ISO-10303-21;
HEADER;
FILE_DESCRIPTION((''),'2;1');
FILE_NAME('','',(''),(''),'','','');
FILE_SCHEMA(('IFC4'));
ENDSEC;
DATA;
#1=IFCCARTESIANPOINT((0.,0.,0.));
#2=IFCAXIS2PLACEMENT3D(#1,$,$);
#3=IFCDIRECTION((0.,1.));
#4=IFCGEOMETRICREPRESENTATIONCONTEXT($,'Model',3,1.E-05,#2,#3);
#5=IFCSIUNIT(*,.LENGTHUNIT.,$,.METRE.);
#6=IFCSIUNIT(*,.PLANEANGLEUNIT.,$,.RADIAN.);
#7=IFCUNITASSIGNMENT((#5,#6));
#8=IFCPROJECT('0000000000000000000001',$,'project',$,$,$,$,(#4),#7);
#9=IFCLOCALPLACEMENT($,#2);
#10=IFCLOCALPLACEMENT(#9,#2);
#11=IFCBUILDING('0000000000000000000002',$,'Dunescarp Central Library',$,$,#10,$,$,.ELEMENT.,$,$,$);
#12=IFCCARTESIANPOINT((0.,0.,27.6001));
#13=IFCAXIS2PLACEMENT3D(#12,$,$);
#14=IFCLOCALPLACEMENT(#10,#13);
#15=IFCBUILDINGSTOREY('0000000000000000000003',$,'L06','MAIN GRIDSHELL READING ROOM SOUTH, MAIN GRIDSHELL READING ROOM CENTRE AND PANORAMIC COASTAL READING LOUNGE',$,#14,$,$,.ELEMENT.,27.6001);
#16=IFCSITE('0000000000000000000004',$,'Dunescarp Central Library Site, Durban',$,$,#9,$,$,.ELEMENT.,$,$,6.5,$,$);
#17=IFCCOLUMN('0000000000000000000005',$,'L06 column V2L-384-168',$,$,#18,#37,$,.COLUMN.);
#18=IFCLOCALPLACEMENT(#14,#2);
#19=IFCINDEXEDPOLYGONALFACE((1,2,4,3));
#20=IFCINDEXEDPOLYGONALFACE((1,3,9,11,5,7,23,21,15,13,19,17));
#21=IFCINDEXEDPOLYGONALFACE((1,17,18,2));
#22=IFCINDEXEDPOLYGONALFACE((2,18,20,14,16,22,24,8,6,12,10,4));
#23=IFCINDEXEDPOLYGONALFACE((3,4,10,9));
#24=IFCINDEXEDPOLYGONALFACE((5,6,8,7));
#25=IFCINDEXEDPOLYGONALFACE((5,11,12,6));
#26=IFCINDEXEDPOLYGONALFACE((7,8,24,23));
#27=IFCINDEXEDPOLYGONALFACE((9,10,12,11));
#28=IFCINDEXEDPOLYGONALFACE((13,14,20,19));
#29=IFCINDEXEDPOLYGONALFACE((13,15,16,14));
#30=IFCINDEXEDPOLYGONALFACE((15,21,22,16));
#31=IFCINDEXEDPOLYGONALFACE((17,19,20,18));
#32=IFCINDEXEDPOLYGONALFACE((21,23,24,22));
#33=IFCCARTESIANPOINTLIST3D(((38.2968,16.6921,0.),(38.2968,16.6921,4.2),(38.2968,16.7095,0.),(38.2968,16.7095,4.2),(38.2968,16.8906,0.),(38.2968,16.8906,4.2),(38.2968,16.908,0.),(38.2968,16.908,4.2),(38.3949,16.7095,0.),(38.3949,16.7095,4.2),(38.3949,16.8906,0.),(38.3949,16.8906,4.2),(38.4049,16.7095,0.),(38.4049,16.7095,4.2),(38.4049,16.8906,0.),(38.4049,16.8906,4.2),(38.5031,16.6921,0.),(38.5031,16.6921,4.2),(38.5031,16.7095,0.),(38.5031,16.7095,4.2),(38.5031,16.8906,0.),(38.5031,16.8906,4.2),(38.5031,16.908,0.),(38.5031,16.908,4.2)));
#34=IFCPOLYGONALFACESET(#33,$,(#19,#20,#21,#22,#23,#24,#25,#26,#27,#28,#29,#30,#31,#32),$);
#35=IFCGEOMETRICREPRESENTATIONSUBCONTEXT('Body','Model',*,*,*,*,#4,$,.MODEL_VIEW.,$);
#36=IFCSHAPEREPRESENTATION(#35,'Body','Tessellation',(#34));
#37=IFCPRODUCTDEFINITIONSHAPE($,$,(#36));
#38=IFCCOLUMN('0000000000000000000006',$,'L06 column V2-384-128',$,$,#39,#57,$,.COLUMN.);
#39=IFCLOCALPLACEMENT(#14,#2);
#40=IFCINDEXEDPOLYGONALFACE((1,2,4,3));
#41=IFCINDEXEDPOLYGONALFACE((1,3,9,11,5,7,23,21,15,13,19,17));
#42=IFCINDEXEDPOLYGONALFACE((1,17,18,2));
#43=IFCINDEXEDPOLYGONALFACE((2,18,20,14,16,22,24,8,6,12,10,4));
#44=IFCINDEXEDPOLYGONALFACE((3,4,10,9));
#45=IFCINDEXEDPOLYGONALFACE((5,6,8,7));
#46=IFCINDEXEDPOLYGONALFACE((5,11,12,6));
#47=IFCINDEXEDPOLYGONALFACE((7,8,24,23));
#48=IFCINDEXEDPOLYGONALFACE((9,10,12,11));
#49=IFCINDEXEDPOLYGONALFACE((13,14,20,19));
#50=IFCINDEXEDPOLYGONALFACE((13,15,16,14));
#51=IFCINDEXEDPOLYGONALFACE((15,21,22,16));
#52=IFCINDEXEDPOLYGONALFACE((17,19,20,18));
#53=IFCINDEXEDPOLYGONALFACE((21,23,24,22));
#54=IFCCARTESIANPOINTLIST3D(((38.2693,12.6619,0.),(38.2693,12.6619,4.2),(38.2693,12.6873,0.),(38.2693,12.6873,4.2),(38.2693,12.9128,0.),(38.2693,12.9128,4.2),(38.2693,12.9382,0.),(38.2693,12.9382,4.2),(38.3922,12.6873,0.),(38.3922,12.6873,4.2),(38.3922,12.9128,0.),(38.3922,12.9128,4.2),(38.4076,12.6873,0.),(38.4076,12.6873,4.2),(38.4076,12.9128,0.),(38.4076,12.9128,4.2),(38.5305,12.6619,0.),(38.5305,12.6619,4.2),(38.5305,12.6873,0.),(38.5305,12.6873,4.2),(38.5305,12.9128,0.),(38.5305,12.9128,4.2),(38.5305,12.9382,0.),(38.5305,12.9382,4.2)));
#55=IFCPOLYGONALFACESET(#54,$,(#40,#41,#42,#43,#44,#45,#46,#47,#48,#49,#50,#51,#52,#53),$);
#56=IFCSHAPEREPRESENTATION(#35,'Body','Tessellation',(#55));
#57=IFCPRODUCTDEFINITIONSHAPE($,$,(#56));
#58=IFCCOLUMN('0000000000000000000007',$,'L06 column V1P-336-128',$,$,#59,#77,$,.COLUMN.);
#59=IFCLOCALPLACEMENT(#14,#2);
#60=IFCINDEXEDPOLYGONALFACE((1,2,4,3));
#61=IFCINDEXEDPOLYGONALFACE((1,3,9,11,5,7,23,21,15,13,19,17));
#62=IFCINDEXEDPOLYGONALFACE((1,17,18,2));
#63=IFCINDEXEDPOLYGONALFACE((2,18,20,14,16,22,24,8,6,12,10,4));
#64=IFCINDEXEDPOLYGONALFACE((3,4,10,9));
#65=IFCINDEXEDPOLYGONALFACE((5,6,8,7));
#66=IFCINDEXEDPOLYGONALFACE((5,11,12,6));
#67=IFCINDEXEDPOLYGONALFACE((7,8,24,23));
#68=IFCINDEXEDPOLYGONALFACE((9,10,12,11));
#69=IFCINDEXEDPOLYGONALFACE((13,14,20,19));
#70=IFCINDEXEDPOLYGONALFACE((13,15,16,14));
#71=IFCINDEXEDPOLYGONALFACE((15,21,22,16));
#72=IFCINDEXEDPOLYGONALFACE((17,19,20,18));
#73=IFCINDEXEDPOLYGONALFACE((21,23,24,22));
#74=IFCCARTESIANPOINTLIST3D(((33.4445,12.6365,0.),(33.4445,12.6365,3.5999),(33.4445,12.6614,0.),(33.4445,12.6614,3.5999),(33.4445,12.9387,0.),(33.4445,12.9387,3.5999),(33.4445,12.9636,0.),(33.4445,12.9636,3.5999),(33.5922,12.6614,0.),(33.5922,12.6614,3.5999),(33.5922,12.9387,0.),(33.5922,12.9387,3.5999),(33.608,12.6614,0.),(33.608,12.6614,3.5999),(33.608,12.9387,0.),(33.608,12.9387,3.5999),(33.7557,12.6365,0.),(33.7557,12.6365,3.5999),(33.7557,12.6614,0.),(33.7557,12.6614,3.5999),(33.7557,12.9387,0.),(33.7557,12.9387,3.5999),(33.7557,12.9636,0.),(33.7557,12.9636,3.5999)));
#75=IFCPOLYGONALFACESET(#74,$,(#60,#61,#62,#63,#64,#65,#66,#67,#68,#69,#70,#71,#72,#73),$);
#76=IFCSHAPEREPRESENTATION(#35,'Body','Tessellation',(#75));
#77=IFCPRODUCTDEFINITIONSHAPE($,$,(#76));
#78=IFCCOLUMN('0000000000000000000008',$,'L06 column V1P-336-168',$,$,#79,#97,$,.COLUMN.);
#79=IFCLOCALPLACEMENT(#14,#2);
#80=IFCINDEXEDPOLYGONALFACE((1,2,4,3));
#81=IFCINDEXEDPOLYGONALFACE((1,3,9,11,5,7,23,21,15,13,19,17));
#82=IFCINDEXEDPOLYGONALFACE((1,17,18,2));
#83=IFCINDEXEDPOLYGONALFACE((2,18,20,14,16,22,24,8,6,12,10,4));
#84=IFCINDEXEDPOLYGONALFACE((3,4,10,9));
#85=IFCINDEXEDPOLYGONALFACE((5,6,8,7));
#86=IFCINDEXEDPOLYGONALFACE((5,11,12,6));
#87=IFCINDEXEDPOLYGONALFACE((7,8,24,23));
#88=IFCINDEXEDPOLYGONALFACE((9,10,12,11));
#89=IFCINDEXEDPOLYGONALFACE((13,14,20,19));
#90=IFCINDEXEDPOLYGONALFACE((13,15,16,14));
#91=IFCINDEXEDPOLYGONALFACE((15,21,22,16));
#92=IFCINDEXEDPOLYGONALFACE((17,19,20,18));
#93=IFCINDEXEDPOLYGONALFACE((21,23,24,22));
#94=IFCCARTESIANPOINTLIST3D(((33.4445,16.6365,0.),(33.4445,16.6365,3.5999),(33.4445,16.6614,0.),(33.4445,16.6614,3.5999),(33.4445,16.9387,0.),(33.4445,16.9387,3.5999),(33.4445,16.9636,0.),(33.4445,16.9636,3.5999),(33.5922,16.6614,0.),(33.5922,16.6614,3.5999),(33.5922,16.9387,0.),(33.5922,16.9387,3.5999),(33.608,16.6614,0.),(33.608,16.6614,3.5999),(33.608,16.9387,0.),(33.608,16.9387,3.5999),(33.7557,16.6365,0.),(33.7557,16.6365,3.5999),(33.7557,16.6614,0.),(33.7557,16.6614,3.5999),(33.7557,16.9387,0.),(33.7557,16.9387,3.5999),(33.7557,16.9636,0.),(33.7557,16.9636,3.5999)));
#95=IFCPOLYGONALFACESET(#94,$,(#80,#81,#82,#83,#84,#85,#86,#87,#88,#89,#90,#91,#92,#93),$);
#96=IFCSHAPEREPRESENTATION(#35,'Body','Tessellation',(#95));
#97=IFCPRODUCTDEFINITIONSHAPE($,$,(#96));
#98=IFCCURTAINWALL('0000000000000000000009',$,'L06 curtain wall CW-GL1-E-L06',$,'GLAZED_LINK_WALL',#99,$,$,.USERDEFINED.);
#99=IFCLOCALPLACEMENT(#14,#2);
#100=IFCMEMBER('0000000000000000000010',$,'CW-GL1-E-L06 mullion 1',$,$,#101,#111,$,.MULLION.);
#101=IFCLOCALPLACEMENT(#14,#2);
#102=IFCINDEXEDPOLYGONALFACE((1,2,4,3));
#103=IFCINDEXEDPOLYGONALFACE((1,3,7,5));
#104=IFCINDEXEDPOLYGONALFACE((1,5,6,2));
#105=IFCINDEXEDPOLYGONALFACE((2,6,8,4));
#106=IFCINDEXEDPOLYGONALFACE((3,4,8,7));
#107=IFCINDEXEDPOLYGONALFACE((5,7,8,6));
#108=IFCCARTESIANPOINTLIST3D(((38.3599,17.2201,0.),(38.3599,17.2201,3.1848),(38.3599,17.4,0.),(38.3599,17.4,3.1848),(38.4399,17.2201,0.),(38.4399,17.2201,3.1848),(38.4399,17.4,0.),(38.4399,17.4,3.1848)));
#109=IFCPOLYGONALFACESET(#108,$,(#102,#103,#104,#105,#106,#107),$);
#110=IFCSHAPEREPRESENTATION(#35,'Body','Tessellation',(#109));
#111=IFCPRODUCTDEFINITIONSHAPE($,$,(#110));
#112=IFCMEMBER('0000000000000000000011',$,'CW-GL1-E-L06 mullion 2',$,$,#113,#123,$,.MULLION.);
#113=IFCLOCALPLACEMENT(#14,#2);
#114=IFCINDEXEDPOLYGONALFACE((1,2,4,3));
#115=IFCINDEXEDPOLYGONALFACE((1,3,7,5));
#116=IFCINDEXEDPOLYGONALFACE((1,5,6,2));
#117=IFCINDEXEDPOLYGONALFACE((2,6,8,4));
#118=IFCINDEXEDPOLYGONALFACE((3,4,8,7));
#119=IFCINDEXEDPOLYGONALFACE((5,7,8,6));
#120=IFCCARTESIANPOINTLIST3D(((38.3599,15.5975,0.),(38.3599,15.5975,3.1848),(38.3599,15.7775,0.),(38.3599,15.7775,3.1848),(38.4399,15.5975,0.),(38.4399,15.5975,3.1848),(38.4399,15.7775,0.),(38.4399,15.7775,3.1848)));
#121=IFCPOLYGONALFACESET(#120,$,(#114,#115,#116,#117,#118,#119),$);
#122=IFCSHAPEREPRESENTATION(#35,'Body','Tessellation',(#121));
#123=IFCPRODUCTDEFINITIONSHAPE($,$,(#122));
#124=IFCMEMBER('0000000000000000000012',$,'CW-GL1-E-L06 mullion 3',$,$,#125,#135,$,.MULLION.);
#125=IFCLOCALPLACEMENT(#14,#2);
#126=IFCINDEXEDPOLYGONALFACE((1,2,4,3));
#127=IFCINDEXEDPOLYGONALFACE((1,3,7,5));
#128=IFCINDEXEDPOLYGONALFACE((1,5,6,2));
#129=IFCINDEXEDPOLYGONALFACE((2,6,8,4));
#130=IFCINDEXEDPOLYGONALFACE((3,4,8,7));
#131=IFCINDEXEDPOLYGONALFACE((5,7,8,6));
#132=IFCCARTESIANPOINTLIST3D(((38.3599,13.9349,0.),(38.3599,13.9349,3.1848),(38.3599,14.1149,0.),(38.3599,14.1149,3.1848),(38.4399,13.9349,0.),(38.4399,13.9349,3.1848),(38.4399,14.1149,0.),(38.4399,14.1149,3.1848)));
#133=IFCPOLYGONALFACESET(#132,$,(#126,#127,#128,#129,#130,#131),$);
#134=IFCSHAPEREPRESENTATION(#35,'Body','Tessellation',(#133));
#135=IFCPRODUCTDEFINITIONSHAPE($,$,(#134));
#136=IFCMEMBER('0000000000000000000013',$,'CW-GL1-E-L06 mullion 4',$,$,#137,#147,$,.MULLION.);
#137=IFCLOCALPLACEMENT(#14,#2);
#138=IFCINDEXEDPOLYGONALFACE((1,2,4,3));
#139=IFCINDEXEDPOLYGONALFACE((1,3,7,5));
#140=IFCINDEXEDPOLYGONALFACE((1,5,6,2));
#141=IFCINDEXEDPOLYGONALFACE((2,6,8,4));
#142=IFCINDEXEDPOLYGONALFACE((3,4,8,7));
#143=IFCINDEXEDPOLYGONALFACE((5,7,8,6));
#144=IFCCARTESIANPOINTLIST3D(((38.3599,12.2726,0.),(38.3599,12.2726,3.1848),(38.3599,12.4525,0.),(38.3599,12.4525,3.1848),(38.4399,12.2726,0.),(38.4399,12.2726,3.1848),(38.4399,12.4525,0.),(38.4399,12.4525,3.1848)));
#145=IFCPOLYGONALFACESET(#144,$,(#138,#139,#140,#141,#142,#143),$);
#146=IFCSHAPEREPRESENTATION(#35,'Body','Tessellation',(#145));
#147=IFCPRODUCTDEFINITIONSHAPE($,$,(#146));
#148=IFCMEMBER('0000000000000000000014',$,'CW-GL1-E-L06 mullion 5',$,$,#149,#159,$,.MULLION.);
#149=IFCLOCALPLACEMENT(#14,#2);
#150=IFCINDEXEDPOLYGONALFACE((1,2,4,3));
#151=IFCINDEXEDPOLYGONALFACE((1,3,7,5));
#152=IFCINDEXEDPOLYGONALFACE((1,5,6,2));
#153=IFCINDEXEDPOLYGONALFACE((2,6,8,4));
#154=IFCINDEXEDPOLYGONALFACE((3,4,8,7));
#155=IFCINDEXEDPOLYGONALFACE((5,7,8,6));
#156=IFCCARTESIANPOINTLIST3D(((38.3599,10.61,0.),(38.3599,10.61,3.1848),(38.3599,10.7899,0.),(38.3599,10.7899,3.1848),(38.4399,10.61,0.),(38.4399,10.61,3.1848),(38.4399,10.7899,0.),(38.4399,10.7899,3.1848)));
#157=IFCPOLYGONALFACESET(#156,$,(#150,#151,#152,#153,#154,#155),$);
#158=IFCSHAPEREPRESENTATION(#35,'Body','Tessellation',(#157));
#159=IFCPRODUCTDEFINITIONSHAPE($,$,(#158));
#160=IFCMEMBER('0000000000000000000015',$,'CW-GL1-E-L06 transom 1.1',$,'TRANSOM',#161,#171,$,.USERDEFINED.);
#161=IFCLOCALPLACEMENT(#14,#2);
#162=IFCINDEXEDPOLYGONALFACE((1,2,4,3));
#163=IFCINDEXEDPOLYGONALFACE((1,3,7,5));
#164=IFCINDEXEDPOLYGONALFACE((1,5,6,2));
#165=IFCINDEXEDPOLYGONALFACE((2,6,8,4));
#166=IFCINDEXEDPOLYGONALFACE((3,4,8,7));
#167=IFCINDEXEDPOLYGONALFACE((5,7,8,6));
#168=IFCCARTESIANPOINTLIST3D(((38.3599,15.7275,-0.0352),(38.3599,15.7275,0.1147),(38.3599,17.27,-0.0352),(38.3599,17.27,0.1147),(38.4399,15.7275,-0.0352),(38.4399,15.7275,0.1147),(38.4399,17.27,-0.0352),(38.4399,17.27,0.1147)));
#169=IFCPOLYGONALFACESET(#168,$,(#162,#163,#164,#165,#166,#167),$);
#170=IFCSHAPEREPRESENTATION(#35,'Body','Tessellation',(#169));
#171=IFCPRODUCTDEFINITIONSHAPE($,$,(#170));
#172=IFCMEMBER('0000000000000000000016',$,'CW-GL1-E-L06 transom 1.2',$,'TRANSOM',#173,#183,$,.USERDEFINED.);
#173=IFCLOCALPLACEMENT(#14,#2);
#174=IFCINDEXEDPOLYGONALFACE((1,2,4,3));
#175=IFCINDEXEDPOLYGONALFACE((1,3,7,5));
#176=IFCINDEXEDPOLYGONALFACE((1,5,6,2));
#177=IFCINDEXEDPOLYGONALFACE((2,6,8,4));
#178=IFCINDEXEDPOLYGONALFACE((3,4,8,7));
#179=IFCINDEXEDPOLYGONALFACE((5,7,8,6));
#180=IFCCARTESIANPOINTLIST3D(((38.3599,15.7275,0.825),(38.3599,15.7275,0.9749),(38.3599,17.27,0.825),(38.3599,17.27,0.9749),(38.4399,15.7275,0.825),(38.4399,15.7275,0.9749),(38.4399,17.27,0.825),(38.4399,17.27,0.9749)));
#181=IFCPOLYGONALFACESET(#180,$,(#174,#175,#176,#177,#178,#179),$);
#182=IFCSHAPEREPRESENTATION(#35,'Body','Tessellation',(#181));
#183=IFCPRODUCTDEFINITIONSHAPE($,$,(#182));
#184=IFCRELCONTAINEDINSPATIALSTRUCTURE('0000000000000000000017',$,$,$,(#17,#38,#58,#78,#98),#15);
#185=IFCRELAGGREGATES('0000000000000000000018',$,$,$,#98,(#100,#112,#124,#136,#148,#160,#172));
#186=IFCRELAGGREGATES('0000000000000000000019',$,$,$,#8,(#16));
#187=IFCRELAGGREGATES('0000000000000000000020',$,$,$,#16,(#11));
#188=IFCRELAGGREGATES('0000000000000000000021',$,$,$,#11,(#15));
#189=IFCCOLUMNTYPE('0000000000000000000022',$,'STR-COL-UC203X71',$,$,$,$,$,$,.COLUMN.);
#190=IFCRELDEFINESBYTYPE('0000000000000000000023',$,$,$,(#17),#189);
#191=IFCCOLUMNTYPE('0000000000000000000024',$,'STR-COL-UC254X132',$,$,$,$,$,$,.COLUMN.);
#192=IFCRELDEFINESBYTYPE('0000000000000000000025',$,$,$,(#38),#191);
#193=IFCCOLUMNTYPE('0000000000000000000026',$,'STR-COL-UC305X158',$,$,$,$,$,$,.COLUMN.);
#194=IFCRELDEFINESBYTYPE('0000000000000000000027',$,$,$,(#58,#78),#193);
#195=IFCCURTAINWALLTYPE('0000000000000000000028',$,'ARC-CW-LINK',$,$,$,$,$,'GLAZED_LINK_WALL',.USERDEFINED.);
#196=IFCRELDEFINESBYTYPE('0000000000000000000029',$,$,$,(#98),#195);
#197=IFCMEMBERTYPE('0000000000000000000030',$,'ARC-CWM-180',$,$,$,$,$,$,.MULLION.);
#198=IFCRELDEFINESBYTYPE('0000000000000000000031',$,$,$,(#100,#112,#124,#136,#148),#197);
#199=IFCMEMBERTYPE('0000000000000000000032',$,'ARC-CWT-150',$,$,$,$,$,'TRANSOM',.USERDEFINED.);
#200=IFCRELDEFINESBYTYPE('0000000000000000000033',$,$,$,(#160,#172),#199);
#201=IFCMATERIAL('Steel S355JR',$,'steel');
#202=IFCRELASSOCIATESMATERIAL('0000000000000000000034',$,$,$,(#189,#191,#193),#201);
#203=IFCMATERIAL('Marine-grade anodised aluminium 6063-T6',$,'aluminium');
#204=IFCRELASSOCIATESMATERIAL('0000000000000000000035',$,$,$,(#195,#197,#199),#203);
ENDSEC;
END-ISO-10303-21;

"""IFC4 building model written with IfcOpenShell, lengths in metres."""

from ifc_helpers import new_model, si_unit, direction, frame, origin, origin_2d, place, context, subcontext, project, spatial, rectangle, i_section, extrude, material, material_profile, profile_set, type_object, element, aggregate, save


model = new_model("IFC4")

# Units and contexts
model_context = context("Model", 3, precision=1e-05, world=origin(), true_north=direction((0.0, 1.0)))
body_context = subcontext(model_context, "Body", "Model", "MODEL_VIEW")
ifc_project = project(units=[si_unit("LENGTHUNIT", "METRE"), si_unit("PLANEANGLEUNIT", "RADIAN")], contexts=[model_context])

# Site, building, storey
site_placement = place(None, origin())
site = spatial("IfcSite", under=ifc_project, at=site_placement, Name="Dunescarp Central Library Site, Durban", CompositionType="ELEMENT", RefElevation=6.5)
building_placement = place(site_placement, origin())
building = spatial("IfcBuilding", under=site, at=building_placement, Name="Dunescarp Central Library", CompositionType="ELEMENT")
storey_placement = place(building_placement, frame((0.0, 0.0, 27.6001)))
storey = spatial("IfcBuildingStorey", under=building, at=storey_placement, Name="L06", Description="MAIN GRIDSHELL READING ROOM SOUTH, MAIN GRIDSHELL READING ROOM CENTRE AND PANORAMIC COASTAL READING LOUNGE", CompositionType="ELEMENT", Elevation=27.6001)

# Columns
ifc_material_1 = material(Name="Steel S355JR", Category="steel")
ifc_material_profile_1 = material_profile(ifc_material_1, i_section(OverallWidth=0.2063, OverallDepth=0.2158, WebThickness=0.01, FlangeThickness=0.0173, at=origin_2d()), Name="UC 203x203x71")
ifc_profile_set_1 = profile_set([ifc_material_profile_1], Name="Steel S355JR")
column_type_1 = type_object("IfcColumnType", Name="STR-COL-UC203X71", PredefinedType="COLUMN", material=ifc_profile_set_1)
column_1_placement = place(storey_placement, frame((38.3999, 16.8, 0.0), z_axis=(0.0, 0.0, 1.0), x_axis=(1.0, 0.0, 0.0)))
element("IfcColumn", 1, at=column_1_placement, inside=storey, type_object=column_type_1, Name="L06 column V2L-384-168", PredefinedType="COLUMN", context=body_context, shape_type="SweptSolid", body=[
    extrude(i_section(OverallWidth=0.2063, OverallDepth=0.2158, WebThickness=0.01, FlangeThickness=0.0173, at=origin_2d()), origin(), (0.0, 0.0, 1.0), 4.2),
])
ifc_material_profile_2 = material_profile(ifc_material_1, i_section(OverallWidth=0.2612, OverallDepth=0.2764, WebThickness=0.0154, FlangeThickness=0.0254, at=origin_2d()), Name="UC 254x254x132")
ifc_profile_set_2 = profile_set([ifc_material_profile_2], Name="Steel S355JR")
column_type_2 = type_object("IfcColumnType", Name="STR-COL-UC254X132", PredefinedType="COLUMN", material=ifc_profile_set_2)
column_2_placement = place(storey_placement, frame((38.3999, 12.8, 0.0), z_axis=(0.0, 0.0, 1.0), x_axis=(1.0, 0.0, 0.0)))
element("IfcColumn", 2, at=column_2_placement, inside=storey, type_object=column_type_2, Name="L06 column V2-384-128", PredefinedType="COLUMN", context=body_context, shape_type="SweptSolid", body=[
    extrude(i_section(OverallWidth=0.2612, OverallDepth=0.2764, WebThickness=0.0154, FlangeThickness=0.0254, at=origin_2d()), origin(), (0.0, 0.0, 1.0), 4.2),
])
ifc_material_profile_3 = material_profile(ifc_material_1, i_section(OverallWidth=0.3113, OverallDepth=0.3271, WebThickness=0.0159, FlangeThickness=0.0249, at=origin_2d()), Name="UC 305x305x158")
ifc_profile_set_3 = profile_set([ifc_material_profile_3], Name="Steel S355JR")
column_type_3 = type_object("IfcColumnType", Name="STR-COL-UC305X158", PredefinedType="COLUMN", material=ifc_profile_set_3)
for number, where, z_axis, x_axis, name in (
    (3, (33.6001, 12.8, 0.0), (0.0, 0.0, 1.0), (1.0, 0.0, 0.0), "L06 column V1P-336-128"),
    (4, (33.6001, 16.8, 0.0), (0.0, 0.0, 1.0), (1.0, 0.0, 0.0), "L06 column V1P-336-168"),
):
    element("IfcColumn", number, at=place(storey_placement, frame(where, z_axis=z_axis, x_axis=x_axis)), inside=storey, type_object=column_type_3, Name=name, PredefinedType="COLUMN", context=body_context, shape_type="SweptSolid", body=[
        extrude(i_section(OverallWidth=0.3113, OverallDepth=0.3271, WebThickness=0.0159, FlangeThickness=0.0249, at=origin_2d()), origin(), (0.0, 0.0, 1.0), 3.5999),
    ])

# Curtain wall, members
ifc_material_2 = material(Name="Marine-grade anodised aluminium 6063-T6", Category="aluminium")
curtain_wall_type = type_object("IfcCurtainWallType", Name="ARC-CW-LINK", ElementType="GLAZED_LINK_WALL", PredefinedType="USERDEFINED", material=ifc_material_2)
curtain_wall_placement = place(storey_placement, origin())
curtain_wall = element("IfcCurtainWall", 5, at=curtain_wall_placement, inside=storey, type_object=curtain_wall_type, Name="L06 curtain wall CW-GL1-E-L06", ObjectType="GLAZED_LINK_WALL", PredefinedType="USERDEFINED")
ifc_material_profile_4 = material_profile(ifc_material_2, rectangle(XDim=0.0801, YDim=0.1799, at=origin_2d()), Name="AL 80x180")
ifc_profile_set_4 = profile_set([ifc_material_profile_4], Name="Marine-grade anodised aluminium 6063-T6")
member_type_1 = type_object("IfcMemberType", Name="ARC-CWM-180", PredefinedType="MULLION", material=ifc_profile_set_4)
member_1_placement = place(storey_placement, frame((38.3999, 17.3101, 0.0), z_axis=(0.0, 0.0, 1.0), x_axis=(1.0, 0.0, 0.0)))
member_1 = element("IfcMember", 6, at=member_1_placement, type_object=member_type_1, Name="CW-GL1-E-L06 mullion 1", PredefinedType="MULLION", context=body_context, shape_type="SweptSolid", body=[
    extrude(rectangle(XDim=0.0801, YDim=0.1799, at=origin_2d()), origin(), (0.0, 0.0, 1.0), 3.1848),
])
member_2_placement = place(storey_placement, frame((38.3999, 15.6875, 0.0), z_axis=(0.0, 0.0, 1.0), x_axis=(1.0, 0.0, 0.0)))
member_2 = element("IfcMember", 7, at=member_2_placement, type_object=member_type_1, Name="CW-GL1-E-L06 mullion 2", PredefinedType="MULLION", context=body_context, shape_type="SweptSolid", body=[
    extrude(rectangle(XDim=0.0801, YDim=0.1799, at=origin_2d()), origin(), (0.0, 0.0, 1.0), 3.1848),
])
member_3_placement = place(storey_placement, frame((38.3999, 14.0249, 0.0), z_axis=(0.0, 0.0, 1.0), x_axis=(1.0, 0.0, 0.0)))
member_3 = element("IfcMember", 8, at=member_3_placement, type_object=member_type_1, Name="CW-GL1-E-L06 mullion 3", PredefinedType="MULLION", context=body_context, shape_type="SweptSolid", body=[
    extrude(rectangle(XDim=0.0801, YDim=0.1799, at=origin_2d()), origin(), (0.0, 0.0, 1.0), 3.1848),
])
member_4_placement = place(storey_placement, frame((38.3999, 12.3625, 0.0), z_axis=(0.0, 0.0, 1.0), x_axis=(1.0, 0.0, 0.0)))
member_4 = element("IfcMember", 9, at=member_4_placement, type_object=member_type_1, Name="CW-GL1-E-L06 mullion 4", PredefinedType="MULLION", context=body_context, shape_type="SweptSolid", body=[
    extrude(rectangle(XDim=0.0801, YDim=0.1799, at=origin_2d()), origin(), (0.0, 0.0, 1.0), 3.1848),
])
member_5_placement = place(storey_placement, frame((38.3999, 10.7, 0.0), z_axis=(0.0, 0.0, 1.0), x_axis=(1.0, 0.0, 0.0)))
member_5 = element("IfcMember", 10, at=member_5_placement, type_object=member_type_1, Name="CW-GL1-E-L06 mullion 5", PredefinedType="MULLION", context=body_context, shape_type="SweptSolid", body=[
    extrude(rectangle(XDim=0.0801, YDim=0.1799, at=origin_2d()), origin(), (0.0, 0.0, 1.0), 3.1848),
])
ifc_material_profile_5 = material_profile(ifc_material_2, rectangle(XDim=0.0801, YDim=0.1499, at=origin_2d()), Name="AL 80x150")
ifc_profile_set_5 = profile_set([ifc_material_profile_5], Name="Marine-grade anodised aluminium 6063-T6")
member_type_2 = type_object("IfcMemberType", Name="ARC-CWT-150", ElementType="TRANSOM", PredefinedType="USERDEFINED", material=ifc_profile_set_5)
member_6_placement = place(storey_placement, frame((38.3999, 17.27, 0.0398), z_axis=(0.0, -1.0, 0.0), x_axis=(1.0, 0.0, 0.0)))
member_6 = element("IfcMember", 11, at=member_6_placement, type_object=member_type_2, Name="CW-GL1-E-L06 transom 1.1", ObjectType="TRANSOM", PredefinedType="USERDEFINED", context=body_context, shape_type="SweptSolid", body=[
    extrude(rectangle(XDim=0.0801, YDim=0.1499, at=origin_2d()), origin(), (0.0, 0.0, 1.0), 1.5425),
])
member_7_placement = place(storey_placement, frame((38.3999, 17.27, 0.8999), z_axis=(0.0, -1.0, 0.0), x_axis=(1.0, 0.0, 0.0)))
member_7 = element("IfcMember", 12, at=member_7_placement, type_object=member_type_2, Name="CW-GL1-E-L06 transom 1.2", ObjectType="TRANSOM", PredefinedType="USERDEFINED", context=body_context, shape_type="SweptSolid", body=[
    extrude(rectangle(XDim=0.0801, YDim=0.1499, at=origin_2d()), origin(), (0.0, 0.0, 1.0), 1.5425),
])

aggregate(curtain_wall, [member_1, member_2, member_3, member_4, member_5, member_6, member_7])

save(model, "model.ifc")
